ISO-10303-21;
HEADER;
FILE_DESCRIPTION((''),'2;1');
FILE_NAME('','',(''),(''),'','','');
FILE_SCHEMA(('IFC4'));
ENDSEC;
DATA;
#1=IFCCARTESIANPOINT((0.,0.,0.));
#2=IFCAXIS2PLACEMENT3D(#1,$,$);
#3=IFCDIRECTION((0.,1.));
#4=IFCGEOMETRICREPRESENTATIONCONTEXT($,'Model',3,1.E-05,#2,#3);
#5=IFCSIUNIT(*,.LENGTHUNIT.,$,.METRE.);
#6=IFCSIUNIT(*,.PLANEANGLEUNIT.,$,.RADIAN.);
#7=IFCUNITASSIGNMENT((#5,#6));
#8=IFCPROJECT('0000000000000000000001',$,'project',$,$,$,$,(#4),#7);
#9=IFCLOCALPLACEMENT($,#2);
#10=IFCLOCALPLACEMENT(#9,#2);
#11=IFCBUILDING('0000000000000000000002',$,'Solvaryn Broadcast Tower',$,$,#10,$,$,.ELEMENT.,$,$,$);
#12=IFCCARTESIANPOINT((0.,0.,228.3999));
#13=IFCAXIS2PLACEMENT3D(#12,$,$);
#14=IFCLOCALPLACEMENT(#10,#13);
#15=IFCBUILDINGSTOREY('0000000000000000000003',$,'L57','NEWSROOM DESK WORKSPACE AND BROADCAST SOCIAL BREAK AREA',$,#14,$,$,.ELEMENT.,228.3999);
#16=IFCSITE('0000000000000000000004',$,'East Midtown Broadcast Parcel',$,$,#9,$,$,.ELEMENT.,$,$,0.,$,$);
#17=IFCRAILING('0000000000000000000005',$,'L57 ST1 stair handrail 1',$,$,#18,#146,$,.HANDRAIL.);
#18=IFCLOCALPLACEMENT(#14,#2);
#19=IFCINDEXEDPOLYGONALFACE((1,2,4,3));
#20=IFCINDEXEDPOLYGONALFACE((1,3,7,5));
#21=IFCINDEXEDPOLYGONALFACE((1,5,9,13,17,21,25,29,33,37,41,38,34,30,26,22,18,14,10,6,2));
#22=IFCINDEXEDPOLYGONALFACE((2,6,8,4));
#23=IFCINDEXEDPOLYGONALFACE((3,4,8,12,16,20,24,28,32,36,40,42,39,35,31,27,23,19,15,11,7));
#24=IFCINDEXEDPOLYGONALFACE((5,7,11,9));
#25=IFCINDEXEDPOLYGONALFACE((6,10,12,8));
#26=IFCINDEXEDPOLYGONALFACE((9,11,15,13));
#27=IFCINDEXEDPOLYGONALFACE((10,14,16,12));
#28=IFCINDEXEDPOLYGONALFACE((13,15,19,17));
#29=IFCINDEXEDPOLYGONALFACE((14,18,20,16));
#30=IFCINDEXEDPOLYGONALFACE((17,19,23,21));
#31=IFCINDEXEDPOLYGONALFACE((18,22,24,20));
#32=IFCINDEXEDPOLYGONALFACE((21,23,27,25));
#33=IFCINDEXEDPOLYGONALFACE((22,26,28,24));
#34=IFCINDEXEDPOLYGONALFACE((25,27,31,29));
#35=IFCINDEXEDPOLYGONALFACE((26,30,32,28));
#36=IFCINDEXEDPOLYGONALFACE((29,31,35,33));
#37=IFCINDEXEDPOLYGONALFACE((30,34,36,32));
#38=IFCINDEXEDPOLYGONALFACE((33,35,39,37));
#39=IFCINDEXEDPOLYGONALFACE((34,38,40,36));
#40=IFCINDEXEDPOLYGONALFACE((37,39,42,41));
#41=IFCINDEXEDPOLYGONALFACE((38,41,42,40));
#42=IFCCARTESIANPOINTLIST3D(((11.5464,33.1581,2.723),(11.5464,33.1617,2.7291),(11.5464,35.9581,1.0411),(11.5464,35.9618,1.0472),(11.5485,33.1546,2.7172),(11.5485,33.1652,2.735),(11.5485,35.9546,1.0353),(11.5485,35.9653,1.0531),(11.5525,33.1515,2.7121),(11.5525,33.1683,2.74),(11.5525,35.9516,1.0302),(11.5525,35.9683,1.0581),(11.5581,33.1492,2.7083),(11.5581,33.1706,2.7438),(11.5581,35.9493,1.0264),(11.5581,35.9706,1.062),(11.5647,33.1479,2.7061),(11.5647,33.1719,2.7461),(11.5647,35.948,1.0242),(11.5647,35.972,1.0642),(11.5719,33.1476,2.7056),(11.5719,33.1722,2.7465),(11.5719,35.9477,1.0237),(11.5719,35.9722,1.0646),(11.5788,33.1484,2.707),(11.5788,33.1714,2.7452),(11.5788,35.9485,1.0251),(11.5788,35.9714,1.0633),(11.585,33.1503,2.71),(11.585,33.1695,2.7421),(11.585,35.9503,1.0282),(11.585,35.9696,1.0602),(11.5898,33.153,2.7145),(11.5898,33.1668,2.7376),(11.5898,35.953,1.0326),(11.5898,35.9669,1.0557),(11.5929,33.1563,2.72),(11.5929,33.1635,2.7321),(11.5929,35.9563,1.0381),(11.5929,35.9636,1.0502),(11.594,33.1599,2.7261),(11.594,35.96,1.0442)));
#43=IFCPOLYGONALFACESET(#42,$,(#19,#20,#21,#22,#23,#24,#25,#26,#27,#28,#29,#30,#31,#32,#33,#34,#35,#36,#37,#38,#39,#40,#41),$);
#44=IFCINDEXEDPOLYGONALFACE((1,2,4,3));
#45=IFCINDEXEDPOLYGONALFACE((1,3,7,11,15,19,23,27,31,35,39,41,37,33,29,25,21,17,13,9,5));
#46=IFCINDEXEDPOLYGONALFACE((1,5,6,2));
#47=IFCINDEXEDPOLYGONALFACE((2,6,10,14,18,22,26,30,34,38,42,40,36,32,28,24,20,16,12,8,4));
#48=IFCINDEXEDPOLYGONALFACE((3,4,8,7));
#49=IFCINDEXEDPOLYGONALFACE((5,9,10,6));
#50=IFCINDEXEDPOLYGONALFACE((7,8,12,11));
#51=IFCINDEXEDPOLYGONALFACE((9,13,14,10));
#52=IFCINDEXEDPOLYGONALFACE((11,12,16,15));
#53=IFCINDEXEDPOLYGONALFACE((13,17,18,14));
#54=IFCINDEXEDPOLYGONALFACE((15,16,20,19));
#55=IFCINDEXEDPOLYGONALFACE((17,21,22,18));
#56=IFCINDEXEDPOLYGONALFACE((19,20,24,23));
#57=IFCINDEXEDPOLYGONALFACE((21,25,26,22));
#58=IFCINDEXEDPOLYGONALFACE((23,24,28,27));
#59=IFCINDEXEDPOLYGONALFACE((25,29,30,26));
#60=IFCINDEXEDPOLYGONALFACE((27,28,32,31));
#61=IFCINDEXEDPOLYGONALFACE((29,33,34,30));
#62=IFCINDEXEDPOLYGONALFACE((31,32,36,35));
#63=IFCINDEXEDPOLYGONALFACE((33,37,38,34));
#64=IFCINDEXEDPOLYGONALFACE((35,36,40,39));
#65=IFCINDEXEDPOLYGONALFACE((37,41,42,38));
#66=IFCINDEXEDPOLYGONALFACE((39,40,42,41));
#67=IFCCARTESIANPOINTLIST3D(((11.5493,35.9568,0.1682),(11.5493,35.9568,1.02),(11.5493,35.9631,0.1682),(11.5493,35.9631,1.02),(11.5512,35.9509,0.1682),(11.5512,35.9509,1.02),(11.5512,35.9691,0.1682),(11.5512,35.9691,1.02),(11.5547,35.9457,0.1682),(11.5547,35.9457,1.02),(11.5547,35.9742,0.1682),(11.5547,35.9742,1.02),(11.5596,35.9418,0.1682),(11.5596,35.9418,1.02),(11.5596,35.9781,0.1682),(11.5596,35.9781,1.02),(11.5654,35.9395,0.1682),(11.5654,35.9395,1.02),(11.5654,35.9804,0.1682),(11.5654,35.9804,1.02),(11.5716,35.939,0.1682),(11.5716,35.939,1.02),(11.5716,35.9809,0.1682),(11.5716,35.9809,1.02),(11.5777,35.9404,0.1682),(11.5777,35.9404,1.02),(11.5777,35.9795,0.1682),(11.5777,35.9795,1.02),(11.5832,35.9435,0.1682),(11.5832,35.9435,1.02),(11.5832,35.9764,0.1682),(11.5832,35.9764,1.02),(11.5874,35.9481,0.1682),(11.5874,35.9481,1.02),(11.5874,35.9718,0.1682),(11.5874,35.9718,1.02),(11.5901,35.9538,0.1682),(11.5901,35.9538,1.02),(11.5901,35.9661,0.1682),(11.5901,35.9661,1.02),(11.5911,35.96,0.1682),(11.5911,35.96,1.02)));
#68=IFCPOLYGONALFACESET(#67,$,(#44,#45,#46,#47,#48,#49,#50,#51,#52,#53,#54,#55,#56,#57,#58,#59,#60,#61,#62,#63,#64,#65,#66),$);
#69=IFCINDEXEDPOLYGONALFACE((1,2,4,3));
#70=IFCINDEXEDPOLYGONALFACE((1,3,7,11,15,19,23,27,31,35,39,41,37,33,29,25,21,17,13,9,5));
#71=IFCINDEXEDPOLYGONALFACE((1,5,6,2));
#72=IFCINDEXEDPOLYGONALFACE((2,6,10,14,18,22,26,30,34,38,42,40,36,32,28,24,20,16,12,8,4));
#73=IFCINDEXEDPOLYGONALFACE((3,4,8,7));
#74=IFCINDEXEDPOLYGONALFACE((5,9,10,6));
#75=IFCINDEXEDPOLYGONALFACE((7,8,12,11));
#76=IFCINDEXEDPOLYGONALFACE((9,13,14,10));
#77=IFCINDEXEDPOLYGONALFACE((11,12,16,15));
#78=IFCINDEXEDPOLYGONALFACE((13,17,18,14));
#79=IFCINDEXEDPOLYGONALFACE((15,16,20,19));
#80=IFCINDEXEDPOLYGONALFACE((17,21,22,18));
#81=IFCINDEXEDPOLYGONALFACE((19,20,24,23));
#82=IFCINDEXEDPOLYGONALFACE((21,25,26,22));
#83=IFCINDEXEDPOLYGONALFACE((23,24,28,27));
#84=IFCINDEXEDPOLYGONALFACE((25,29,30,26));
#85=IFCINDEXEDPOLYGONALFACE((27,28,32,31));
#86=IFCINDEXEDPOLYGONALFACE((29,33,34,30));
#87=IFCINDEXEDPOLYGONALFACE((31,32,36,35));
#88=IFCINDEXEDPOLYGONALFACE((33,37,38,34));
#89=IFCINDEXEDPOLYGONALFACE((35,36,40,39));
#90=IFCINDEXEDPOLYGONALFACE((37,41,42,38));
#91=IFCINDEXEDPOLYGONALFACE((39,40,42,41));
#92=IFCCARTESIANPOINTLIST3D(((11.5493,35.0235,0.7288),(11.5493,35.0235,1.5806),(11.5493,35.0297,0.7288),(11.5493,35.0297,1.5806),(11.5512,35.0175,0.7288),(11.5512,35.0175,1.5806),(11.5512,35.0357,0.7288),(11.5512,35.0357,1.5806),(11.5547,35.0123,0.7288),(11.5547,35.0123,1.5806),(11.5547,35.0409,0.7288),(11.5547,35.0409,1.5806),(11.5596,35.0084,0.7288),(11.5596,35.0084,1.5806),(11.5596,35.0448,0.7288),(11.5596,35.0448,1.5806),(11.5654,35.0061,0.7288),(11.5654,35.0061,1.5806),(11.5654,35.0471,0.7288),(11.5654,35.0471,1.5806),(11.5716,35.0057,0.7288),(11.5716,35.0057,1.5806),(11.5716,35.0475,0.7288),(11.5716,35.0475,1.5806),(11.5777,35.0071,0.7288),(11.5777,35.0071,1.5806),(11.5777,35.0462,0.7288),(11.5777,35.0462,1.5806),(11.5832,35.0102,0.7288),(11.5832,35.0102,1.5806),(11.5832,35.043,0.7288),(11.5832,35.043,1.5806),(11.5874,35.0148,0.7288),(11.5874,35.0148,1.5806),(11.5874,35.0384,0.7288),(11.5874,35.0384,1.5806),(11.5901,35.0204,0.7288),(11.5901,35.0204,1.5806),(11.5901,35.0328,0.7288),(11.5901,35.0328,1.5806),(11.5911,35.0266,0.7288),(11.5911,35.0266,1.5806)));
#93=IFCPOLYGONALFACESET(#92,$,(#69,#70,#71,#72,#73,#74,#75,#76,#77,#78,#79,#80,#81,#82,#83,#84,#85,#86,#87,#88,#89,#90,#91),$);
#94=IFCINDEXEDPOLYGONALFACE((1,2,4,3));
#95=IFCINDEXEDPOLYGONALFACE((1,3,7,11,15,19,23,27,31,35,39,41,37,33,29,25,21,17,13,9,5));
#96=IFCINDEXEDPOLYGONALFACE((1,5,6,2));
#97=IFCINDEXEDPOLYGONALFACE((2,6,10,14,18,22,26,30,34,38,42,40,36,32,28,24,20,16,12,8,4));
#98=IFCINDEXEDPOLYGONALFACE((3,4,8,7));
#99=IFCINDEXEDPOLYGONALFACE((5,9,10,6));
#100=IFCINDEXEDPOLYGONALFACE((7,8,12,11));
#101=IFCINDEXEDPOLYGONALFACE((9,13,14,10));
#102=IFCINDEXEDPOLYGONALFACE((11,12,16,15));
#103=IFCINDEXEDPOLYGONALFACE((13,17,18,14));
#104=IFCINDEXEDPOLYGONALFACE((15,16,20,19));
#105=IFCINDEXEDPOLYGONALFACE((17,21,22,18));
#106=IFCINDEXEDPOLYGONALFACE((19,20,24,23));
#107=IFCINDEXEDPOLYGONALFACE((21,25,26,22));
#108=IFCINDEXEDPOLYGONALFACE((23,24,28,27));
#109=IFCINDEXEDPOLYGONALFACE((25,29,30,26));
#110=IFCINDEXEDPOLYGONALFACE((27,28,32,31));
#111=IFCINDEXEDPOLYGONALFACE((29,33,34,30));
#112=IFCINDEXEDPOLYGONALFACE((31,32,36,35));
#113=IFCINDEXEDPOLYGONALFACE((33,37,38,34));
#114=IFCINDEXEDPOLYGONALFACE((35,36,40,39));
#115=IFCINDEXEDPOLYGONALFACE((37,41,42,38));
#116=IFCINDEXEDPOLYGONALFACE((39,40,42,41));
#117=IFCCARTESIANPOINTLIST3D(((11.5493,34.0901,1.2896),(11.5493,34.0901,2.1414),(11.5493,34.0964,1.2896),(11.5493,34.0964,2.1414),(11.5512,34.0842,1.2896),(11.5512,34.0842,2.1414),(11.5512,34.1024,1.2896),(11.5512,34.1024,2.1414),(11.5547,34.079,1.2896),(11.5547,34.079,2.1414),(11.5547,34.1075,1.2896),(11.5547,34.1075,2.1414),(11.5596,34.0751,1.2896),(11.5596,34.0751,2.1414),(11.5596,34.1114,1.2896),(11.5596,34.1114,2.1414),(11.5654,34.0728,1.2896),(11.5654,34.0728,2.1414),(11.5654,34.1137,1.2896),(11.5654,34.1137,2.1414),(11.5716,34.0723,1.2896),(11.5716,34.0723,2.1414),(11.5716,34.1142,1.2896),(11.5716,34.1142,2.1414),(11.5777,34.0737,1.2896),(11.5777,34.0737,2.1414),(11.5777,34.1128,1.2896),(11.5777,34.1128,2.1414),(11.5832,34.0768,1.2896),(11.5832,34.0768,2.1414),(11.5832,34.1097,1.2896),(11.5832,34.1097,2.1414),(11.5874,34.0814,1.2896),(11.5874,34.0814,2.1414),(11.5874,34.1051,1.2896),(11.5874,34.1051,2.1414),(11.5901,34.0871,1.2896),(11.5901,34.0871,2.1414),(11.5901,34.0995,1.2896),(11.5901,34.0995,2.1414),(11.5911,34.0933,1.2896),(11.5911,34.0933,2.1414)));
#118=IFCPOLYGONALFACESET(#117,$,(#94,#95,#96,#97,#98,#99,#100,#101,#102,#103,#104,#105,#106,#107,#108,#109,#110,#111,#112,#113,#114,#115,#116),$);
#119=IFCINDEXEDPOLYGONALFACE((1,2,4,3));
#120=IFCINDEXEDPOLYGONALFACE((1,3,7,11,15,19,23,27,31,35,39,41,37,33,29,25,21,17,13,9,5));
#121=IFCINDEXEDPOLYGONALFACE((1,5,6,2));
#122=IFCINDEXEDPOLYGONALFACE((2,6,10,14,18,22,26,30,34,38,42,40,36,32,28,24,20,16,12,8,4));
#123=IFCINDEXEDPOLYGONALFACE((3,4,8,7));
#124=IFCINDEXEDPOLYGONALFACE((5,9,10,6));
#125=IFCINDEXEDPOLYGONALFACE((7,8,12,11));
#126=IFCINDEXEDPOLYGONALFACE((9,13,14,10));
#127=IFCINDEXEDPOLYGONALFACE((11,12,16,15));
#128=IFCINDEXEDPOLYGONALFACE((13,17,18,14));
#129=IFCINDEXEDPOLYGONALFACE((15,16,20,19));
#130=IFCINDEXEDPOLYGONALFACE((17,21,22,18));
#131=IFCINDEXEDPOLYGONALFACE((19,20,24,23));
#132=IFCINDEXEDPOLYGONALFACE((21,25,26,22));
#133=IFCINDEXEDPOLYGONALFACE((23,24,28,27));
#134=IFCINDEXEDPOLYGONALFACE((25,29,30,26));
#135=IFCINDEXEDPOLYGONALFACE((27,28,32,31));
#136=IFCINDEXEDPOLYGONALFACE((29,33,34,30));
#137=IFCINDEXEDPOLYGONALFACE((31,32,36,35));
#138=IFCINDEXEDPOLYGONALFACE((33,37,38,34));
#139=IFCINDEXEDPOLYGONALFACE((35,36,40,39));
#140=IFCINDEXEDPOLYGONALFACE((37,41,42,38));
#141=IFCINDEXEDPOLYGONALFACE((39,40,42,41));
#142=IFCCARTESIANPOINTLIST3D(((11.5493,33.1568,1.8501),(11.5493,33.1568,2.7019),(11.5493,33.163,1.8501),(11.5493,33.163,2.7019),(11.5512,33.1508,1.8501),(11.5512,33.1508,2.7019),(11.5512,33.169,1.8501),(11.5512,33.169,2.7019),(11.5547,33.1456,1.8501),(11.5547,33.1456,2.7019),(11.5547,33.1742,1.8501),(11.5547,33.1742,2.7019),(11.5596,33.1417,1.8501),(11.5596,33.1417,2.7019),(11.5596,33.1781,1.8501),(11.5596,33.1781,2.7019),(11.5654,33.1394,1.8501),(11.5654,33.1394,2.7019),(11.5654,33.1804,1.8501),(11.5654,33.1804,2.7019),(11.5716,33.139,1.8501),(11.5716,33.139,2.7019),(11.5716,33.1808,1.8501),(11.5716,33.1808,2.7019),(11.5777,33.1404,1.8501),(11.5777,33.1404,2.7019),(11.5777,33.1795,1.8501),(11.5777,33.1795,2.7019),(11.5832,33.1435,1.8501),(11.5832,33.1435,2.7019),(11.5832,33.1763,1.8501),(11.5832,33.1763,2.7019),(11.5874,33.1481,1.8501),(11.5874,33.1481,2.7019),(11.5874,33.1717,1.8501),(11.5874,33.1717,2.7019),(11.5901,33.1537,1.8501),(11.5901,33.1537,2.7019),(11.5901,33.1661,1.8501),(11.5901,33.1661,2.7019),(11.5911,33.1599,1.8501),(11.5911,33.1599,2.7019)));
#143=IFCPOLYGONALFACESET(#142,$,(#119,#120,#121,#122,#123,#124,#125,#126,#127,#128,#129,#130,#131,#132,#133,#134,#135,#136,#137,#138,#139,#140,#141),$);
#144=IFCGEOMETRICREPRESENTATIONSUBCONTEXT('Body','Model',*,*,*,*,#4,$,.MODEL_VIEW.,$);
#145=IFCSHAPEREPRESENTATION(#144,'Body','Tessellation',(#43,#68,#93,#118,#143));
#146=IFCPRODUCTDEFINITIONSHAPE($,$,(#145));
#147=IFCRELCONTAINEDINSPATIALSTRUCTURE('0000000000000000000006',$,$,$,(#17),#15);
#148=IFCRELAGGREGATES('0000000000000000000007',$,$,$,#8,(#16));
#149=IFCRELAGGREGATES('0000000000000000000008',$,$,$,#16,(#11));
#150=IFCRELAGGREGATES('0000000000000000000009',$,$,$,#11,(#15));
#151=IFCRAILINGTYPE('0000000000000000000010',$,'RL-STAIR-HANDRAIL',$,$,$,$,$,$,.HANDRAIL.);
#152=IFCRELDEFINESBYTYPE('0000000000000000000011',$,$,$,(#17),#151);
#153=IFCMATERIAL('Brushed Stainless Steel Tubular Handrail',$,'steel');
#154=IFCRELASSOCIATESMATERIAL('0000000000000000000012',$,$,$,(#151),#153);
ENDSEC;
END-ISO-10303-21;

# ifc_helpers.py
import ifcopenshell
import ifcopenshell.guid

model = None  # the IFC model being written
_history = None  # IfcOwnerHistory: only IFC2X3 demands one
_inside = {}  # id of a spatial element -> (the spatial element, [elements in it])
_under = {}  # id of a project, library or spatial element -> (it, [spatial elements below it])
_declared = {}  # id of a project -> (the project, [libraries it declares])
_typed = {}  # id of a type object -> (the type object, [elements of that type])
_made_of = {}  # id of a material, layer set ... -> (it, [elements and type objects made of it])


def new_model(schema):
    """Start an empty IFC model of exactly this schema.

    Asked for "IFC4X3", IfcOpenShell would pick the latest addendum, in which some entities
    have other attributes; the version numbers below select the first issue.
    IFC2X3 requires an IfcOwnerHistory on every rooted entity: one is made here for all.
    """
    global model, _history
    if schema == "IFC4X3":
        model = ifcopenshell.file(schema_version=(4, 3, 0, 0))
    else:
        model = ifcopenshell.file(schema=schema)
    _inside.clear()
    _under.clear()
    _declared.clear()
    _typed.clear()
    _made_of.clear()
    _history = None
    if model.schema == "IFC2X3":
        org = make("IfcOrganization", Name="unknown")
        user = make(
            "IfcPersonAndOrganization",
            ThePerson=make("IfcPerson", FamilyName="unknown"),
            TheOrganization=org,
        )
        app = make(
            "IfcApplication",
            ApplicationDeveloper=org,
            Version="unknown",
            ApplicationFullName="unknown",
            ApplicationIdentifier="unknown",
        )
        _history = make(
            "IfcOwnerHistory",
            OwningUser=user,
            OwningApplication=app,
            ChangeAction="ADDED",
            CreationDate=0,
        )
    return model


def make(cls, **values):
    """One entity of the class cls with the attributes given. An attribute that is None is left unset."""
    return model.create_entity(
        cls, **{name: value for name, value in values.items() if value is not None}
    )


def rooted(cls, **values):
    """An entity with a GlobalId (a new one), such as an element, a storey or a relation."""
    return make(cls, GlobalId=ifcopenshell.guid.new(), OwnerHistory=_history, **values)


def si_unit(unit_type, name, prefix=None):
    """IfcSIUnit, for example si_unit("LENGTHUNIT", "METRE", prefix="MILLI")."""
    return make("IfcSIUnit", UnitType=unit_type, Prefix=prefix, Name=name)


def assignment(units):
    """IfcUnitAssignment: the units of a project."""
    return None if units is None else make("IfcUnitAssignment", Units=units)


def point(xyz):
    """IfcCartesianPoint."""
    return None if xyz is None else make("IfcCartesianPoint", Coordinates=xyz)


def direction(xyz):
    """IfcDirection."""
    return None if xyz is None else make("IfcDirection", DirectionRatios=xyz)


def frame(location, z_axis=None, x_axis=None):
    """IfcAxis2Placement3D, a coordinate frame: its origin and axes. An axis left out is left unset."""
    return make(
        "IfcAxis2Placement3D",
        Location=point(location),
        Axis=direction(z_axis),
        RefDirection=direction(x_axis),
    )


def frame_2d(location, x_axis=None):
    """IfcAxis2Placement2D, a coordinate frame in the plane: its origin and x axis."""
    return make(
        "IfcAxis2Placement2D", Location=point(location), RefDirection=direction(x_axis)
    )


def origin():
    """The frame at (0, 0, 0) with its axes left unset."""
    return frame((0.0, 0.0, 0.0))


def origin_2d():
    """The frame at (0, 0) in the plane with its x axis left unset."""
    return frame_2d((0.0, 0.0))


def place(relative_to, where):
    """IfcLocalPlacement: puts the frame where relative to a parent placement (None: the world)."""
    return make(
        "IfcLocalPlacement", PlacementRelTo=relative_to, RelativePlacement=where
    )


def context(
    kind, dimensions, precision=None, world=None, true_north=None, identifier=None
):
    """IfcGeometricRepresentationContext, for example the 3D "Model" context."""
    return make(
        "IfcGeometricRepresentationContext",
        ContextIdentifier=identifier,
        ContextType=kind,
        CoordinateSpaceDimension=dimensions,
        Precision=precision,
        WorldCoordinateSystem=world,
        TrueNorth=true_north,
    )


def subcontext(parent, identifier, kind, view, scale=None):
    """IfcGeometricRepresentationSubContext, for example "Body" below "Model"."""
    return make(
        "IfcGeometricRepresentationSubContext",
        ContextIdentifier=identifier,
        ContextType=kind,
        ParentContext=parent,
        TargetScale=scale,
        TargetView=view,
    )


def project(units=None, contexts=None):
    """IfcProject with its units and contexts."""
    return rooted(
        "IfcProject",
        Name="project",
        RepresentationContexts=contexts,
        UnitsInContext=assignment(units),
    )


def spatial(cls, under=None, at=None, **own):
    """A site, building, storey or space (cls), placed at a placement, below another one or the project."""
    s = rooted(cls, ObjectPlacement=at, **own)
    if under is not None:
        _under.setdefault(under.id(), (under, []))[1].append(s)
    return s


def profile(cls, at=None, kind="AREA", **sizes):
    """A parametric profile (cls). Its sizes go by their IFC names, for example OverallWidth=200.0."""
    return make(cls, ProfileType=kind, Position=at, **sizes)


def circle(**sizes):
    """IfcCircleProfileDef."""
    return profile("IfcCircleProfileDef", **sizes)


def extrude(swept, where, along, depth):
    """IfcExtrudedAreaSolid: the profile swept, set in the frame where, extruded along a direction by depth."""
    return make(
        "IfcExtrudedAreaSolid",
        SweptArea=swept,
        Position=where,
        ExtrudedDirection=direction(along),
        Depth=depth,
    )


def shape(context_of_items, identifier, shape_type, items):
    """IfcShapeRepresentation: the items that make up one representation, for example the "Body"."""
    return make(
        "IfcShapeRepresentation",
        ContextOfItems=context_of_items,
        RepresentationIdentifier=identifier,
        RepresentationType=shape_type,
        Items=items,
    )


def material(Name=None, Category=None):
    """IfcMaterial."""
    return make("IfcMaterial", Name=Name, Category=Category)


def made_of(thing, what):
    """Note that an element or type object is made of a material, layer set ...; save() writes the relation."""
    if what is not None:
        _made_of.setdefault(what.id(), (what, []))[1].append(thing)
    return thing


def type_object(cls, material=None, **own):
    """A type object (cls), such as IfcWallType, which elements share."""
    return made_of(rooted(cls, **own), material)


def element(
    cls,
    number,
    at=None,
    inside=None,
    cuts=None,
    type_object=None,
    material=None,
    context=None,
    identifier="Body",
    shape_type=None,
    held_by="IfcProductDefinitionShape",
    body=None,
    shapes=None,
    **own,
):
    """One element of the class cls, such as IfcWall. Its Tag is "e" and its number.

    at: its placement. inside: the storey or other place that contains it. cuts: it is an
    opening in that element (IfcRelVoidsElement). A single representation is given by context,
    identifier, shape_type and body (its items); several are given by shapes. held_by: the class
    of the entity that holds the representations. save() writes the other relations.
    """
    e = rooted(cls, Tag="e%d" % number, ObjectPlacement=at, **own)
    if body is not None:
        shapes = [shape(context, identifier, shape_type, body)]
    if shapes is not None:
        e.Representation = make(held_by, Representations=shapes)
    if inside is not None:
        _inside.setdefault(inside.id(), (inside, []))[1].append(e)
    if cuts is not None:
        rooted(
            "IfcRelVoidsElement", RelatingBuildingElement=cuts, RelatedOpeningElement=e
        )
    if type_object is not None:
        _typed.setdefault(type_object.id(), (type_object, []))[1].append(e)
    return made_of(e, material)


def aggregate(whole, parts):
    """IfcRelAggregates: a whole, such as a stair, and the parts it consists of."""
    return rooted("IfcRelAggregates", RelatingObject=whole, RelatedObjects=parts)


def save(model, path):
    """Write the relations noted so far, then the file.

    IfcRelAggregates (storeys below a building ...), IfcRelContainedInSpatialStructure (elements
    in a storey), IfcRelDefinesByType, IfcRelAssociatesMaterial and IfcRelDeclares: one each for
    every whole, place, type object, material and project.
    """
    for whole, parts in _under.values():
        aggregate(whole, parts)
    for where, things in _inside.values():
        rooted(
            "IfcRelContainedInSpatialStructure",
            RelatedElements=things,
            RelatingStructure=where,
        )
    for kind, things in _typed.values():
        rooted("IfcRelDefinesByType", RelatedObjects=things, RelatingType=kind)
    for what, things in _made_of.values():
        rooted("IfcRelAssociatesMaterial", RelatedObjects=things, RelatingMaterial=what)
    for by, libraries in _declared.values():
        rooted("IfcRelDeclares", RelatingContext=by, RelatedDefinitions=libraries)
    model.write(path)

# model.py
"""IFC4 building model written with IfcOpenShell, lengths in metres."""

from ifc_helpers import new_model, si_unit, direction, frame, origin, origin_2d, place, context, subcontext, project, spatial, circle, extrude, material, type_object, element, save


model = new_model("IFC4")

# Units and contexts
model_context = context("Model", 3, precision=1e-05, world=origin(), true_north=direction((0.0, 1.0)))
body_context = subcontext(model_context, "Body", "Model", "MODEL_VIEW")
ifc_project = project(units=[si_unit("LENGTHUNIT", "METRE"), si_unit("PLANEANGLEUNIT", "RADIAN")], contexts=[model_context])

# Site, building, storey
site_placement = place(None, origin())
site = spatial("IfcSite", under=ifc_project, at=site_placement, Name="East Midtown Broadcast Parcel", CompositionType="ELEMENT", RefElevation=0.0)
building_placement = place(site_placement, origin())
building = spatial("IfcBuilding", under=site, at=building_placement, Name="Solvaryn Broadcast Tower", CompositionType="ELEMENT")
storey_placement = place(building_placement, frame((0.0, 0.0, 228.3999)))
storey = spatial("IfcBuildingStorey", under=building, at=storey_placement, Name="L57", Description="NEWSROOM DESK WORKSPACE AND BROADCAST SOCIAL BREAK AREA", CompositionType="ELEMENT", Elevation=228.3999)

# Railing
ifc_material_1 = material(Name="Brushed Stainless Steel Tubular Handrail", Category="steel")
railing_type_1 = type_object("IfcRailingType", Name="RL-STAIR-HANDRAIL", PredefinedType="HANDRAIL", material=ifc_material_1)
railing_1_placement = place(storey_placement, frame((11.5701, 35.96, 0.1682)))
element("IfcRailing", 1, at=railing_1_placement, inside=storey, type_object=railing_type_1, Name="L57 ST1 stair handrail 1", PredefinedType="HANDRAIL", context=body_context, shape_type="SweptSolid", body=[
    extrude(circle(Radius=0.0239, at=origin_2d()), frame((0.0, 0.0, 0.876), z_axis=(0.0, -0.857242, 0.514913), x_axis=(1.0, 0.0, 0.0)), (0.0, 0.0, 1.0), 3.2664),
    extrude(circle(Radius=0.021, at=origin_2d()), origin(), (0.0, 0.0, 1.0), 0.8518),
    extrude(circle(Radius=0.021, at=origin_2d()), frame((0.0, -0.9333, 0.5605)), (0.0, 0.0, 1.0), 0.8518),
    extrude(circle(Radius=0.021, at=origin_2d()), frame((0.0, -1.8667, 1.1213)), (0.0, 0.0, 1.0), 0.8518),
    extrude(circle(Radius=0.021, at=origin_2d()), frame((0.0, -2.8, 1.6819)), (0.0, 0.0, 1.0), 0.8518),
])

save(model, "model.ifc")
